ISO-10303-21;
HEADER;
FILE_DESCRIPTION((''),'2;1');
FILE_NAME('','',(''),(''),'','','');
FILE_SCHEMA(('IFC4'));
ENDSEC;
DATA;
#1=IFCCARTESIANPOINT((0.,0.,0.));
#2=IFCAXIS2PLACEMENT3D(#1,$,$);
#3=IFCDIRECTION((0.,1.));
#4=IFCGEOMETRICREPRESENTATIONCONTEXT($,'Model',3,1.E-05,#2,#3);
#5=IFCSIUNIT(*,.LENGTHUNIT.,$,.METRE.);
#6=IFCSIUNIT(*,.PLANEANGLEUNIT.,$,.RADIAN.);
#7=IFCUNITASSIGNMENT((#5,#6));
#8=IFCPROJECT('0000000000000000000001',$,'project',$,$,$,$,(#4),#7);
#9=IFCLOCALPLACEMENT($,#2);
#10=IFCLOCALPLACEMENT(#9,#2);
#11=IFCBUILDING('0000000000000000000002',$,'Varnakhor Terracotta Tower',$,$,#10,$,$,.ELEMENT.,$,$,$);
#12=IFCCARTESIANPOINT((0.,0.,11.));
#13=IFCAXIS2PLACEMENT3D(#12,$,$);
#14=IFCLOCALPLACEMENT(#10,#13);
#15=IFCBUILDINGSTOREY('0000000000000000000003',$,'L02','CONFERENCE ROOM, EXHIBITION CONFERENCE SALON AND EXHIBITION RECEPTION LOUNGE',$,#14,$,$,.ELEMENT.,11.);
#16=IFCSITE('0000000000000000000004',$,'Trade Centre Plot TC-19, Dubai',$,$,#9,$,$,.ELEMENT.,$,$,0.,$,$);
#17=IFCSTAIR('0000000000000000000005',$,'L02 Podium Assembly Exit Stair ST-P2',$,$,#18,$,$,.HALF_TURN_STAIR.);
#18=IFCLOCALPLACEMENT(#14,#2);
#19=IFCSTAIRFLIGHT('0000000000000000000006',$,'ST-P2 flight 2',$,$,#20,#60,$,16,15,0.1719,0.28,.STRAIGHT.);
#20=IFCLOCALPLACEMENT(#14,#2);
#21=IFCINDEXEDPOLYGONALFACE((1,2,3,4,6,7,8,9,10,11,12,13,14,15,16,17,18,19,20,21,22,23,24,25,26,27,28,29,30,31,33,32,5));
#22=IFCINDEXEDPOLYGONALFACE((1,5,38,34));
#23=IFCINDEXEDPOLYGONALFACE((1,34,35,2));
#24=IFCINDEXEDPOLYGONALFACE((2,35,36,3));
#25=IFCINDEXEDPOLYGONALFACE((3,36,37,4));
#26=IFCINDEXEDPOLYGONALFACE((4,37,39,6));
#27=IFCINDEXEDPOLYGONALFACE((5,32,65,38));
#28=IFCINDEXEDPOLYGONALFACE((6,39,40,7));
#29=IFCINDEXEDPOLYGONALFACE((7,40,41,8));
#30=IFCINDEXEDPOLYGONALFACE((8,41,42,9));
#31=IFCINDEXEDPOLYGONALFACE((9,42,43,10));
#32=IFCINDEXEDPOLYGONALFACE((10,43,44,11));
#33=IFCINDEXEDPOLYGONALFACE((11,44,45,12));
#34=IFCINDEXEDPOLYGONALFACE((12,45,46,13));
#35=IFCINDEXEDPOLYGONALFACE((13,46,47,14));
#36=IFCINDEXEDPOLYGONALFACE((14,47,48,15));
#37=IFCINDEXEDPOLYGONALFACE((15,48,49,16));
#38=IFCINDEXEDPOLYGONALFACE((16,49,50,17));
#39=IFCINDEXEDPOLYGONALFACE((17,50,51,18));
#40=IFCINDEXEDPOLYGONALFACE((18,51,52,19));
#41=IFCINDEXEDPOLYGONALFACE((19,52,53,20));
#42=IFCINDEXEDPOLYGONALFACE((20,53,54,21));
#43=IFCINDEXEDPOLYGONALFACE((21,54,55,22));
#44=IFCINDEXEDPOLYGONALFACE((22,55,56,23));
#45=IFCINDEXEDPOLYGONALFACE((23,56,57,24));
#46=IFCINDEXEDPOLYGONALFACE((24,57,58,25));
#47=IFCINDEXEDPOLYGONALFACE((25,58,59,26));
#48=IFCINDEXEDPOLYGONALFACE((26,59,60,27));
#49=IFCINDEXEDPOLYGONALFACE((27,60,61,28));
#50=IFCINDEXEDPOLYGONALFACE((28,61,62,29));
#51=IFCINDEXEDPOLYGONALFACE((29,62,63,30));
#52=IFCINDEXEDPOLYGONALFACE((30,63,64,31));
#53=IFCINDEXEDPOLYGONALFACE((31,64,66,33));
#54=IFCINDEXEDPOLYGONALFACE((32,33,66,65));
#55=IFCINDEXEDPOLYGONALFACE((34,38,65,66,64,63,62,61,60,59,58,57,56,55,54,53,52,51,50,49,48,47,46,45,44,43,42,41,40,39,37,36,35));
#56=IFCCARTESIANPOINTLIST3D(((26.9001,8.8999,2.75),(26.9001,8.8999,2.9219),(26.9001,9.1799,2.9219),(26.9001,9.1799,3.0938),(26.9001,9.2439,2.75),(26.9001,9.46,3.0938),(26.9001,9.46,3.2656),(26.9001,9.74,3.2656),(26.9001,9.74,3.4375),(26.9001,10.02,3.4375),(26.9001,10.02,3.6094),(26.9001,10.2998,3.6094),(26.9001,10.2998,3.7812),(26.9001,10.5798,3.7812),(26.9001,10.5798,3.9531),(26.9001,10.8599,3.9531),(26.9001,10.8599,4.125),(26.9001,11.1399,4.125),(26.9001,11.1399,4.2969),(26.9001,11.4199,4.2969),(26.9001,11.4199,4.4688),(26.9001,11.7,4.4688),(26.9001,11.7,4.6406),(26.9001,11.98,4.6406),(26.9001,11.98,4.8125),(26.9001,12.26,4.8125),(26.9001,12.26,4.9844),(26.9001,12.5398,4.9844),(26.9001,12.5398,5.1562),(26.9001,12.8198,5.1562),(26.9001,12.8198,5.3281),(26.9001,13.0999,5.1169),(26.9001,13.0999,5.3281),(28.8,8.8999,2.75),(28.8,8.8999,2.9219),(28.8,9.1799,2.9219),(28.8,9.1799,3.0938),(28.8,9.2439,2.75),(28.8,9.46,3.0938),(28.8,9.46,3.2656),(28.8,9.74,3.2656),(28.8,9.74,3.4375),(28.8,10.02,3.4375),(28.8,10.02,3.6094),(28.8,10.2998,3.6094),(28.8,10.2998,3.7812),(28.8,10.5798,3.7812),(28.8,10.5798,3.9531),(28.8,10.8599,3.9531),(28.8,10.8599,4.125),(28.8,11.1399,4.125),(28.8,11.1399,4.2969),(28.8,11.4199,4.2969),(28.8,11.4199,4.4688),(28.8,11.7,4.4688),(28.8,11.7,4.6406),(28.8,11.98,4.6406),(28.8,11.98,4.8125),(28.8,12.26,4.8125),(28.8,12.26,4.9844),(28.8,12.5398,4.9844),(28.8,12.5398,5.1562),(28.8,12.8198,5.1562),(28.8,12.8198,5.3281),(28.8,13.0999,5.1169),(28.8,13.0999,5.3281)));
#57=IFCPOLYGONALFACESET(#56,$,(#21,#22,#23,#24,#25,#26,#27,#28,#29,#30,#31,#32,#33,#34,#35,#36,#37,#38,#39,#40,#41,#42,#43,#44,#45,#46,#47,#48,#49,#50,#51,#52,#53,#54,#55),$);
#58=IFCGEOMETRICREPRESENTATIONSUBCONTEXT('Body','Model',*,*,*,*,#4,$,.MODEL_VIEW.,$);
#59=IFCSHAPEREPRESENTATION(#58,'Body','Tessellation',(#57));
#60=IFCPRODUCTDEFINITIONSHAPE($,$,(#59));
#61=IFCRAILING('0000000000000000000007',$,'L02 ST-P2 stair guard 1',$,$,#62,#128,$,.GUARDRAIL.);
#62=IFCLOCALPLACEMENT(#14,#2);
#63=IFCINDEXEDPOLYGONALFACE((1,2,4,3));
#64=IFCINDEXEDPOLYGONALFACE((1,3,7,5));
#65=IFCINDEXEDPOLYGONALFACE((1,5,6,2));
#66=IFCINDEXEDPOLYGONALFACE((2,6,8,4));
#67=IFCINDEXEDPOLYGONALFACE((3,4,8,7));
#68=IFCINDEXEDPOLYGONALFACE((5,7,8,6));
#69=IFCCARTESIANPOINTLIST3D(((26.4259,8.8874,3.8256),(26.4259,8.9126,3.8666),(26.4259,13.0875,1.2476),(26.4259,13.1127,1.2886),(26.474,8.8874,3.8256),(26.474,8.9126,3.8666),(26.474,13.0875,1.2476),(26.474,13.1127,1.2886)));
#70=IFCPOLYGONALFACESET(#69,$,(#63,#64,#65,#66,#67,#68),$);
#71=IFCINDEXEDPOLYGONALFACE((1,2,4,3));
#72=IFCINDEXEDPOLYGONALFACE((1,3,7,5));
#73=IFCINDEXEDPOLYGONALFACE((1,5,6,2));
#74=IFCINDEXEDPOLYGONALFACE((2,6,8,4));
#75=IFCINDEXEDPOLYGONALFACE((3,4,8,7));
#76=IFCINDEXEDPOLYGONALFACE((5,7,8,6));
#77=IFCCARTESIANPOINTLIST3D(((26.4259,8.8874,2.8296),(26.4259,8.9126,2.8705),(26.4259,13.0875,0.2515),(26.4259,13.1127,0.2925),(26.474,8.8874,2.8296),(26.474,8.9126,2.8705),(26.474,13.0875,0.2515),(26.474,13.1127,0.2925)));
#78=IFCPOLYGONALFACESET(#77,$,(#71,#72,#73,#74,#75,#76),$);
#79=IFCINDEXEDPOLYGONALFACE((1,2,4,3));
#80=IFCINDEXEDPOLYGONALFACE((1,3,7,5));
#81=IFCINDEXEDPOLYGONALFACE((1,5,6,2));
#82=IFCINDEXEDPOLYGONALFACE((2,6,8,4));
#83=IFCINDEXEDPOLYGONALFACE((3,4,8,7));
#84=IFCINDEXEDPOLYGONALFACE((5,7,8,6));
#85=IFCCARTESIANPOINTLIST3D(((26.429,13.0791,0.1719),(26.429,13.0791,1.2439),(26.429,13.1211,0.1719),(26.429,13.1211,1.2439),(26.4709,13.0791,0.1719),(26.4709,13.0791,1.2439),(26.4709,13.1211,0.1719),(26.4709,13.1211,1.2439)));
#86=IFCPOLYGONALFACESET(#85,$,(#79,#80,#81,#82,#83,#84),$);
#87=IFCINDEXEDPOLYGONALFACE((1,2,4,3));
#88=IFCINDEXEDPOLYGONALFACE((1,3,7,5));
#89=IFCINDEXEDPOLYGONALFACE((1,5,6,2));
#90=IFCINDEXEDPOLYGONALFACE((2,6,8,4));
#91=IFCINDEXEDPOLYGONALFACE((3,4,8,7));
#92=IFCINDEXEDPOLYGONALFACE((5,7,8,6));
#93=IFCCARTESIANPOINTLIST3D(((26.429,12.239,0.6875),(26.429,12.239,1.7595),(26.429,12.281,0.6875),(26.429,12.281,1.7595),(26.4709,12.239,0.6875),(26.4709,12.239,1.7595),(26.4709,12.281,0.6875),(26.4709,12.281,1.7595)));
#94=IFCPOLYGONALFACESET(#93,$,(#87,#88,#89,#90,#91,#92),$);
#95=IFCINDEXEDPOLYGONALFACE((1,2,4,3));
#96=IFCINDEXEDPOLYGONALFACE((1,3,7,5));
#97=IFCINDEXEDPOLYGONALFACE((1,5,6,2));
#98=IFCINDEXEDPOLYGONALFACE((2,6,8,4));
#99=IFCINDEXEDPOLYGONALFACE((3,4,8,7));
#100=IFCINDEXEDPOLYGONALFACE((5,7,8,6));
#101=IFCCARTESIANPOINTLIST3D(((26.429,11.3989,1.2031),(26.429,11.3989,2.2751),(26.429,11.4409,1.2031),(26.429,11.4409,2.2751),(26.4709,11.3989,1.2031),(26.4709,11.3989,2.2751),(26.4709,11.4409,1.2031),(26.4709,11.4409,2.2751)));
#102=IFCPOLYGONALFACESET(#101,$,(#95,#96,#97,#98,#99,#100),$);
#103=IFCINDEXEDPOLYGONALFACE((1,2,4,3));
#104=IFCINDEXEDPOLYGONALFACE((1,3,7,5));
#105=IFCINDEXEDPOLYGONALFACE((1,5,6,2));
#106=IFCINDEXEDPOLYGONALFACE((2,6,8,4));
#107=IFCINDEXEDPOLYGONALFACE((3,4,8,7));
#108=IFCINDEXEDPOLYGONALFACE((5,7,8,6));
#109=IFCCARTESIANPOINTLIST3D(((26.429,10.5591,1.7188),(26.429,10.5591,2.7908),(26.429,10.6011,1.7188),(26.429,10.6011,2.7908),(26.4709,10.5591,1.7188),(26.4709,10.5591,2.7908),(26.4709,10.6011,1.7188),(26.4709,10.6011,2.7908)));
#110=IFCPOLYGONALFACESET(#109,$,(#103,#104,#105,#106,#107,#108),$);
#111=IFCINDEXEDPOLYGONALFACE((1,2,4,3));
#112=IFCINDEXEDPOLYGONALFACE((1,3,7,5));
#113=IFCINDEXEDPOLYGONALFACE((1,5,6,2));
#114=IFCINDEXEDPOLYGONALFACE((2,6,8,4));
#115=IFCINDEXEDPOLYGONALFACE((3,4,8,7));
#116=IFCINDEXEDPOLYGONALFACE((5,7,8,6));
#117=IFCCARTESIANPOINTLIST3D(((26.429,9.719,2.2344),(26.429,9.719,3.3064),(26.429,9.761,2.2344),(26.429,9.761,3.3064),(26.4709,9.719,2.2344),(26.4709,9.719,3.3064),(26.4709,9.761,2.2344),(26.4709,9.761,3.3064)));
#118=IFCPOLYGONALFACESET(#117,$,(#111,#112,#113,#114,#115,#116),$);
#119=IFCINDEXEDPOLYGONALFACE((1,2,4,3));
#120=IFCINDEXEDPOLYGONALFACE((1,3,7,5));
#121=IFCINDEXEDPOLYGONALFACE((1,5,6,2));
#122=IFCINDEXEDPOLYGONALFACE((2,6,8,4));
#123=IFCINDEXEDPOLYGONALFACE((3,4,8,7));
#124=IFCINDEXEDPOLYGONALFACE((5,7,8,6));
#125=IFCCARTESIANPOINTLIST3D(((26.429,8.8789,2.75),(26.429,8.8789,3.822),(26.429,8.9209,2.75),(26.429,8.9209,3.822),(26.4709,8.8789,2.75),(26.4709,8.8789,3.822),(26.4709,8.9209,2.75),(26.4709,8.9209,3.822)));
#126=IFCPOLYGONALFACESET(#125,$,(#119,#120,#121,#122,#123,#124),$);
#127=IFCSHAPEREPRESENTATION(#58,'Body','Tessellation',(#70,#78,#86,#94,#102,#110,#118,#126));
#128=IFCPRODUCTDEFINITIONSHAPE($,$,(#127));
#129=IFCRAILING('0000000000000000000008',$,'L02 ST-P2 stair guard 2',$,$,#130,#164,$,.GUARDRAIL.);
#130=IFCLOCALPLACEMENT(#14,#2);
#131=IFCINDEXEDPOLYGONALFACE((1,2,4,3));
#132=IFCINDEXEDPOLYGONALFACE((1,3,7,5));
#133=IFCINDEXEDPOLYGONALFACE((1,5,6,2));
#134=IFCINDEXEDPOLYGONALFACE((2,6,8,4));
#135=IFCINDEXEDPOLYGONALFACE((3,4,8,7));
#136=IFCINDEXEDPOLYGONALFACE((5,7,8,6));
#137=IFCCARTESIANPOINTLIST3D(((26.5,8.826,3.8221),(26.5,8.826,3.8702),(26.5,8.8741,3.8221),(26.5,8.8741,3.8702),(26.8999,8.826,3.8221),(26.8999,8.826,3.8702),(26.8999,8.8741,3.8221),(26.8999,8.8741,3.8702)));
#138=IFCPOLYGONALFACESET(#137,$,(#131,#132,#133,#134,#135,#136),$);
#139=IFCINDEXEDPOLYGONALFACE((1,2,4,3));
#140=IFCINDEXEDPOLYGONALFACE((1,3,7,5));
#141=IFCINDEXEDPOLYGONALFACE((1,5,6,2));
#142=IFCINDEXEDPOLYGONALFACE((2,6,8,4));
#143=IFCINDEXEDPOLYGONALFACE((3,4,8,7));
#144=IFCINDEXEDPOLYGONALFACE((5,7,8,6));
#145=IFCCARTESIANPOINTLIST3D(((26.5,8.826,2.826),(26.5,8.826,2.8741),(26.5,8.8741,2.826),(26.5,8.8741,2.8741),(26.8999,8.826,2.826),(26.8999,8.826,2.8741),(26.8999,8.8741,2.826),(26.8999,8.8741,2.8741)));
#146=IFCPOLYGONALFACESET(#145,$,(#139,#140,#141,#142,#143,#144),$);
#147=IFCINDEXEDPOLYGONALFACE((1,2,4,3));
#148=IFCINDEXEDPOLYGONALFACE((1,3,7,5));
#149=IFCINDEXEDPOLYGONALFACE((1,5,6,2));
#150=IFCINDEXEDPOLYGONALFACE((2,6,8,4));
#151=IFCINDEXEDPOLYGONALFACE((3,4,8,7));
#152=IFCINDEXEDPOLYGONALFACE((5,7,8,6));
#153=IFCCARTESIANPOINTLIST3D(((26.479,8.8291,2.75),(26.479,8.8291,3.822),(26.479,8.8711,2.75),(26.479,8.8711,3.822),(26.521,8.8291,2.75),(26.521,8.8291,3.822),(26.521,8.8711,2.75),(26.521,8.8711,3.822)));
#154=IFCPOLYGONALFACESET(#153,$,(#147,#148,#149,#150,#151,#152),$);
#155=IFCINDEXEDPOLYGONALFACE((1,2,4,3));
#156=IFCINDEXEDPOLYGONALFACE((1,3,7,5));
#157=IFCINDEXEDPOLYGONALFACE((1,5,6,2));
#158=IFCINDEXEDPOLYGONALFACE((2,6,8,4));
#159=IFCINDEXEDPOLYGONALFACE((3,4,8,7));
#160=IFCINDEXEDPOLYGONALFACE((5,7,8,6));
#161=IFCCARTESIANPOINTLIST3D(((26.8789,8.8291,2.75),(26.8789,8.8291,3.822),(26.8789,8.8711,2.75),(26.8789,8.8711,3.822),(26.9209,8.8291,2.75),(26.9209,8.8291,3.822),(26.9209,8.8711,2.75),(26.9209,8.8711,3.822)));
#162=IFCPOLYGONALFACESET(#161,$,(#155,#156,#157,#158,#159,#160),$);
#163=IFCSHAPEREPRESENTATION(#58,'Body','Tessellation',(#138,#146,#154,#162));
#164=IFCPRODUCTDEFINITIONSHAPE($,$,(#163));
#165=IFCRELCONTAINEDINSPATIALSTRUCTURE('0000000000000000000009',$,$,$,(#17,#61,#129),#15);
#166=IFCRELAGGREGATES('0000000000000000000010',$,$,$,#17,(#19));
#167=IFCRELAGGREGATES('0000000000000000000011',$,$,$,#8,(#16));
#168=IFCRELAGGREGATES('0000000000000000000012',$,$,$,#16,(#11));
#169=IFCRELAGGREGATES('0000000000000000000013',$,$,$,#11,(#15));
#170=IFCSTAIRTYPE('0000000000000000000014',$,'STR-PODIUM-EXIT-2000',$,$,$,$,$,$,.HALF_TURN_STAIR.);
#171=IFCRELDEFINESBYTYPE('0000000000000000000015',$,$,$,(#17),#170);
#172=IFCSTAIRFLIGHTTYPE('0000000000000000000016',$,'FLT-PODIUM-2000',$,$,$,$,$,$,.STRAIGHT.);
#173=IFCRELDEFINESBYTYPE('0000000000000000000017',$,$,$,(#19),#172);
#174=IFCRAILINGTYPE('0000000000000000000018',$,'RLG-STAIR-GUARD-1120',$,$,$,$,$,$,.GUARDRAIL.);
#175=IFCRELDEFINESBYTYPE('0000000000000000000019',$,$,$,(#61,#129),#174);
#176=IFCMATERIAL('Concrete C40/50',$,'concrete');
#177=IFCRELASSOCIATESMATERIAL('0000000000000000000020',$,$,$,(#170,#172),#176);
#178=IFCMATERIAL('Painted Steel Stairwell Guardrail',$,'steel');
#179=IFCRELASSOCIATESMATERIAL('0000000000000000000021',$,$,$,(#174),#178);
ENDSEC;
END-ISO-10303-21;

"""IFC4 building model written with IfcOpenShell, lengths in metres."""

from ifc_helpers import new_model, si_unit, direction, frame, origin, origin_2d, place, context, subcontext, project, spatial, polyline, rectangle, outline, extrude, material, type_object, element, aggregate, save


model = new_model("IFC4")

# Units and contexts
model_context = context("Model", 3, precision=1e-05, world=origin(), true_north=direction((0.0, 1.0)))
body_context = subcontext(model_context, "Body", "Model", "MODEL_VIEW")
ifc_project = project(units=[si_unit("LENGTHUNIT", "METRE"), si_unit("PLANEANGLEUNIT", "RADIAN")], contexts=[model_context])

# Site, building, storey
site_placement = place(None, origin())
site = spatial("IfcSite", under=ifc_project, at=site_placement, Name="Trade Centre Plot TC-19, Dubai", CompositionType="ELEMENT", RefElevation=0.0)
building_placement = place(site_placement, origin())
building = spatial("IfcBuilding", under=site, at=building_placement, Name="Varnakhor Terracotta Tower", CompositionType="ELEMENT")
storey_placement = place(building_placement, frame((0.0, 0.0, 11.0)))
storey = spatial("IfcBuildingStorey", under=building, at=storey_placement, Name="L02", Description="CONFERENCE ROOM, EXHIBITION CONFERENCE SALON AND EXHIBITION RECEPTION LOUNGE", CompositionType="ELEMENT", Elevation=11.0)

# Shared definitions
ifc_material_1 = material(Name="Concrete C40/50", Category="concrete")

# Stair, stair flight
stair_type = type_object("IfcStairType", Name="STR-PODIUM-EXIT-2000", PredefinedType="HALF_TURN_STAIR", material=ifc_material_1)
stair_placement = place(storey_placement, origin())
stair = element("IfcStair", 1, at=stair_placement, inside=storey, type_object=stair_type, Name="L02 Podium Assembly Exit Stair ST-P2", PredefinedType="HALF_TURN_STAIR")
stair_flight_type = type_object("IfcStairFlightType", Name="FLT-PODIUM-2000", PredefinedType="STRAIGHT", material=ifc_material_1)
stair_flight_1_placement = place(storey_placement, frame((27.8501, 8.8999, 2.75), z_axis=(0.0, 0.0, 1.0), x_axis=(0.0, 1.0, 0.0)))
stair_flight_1 = element("IfcStairFlight", 2, at=stair_flight_1_placement, type_object=stair_flight_type, Name="ST-P2 flight 2", NumberOfRisers=16, NumberOfTreads=15, PredefinedType="STRAIGHT", RiserHeight=0.1719, TreadLength=0.28, context=body_context, shape_type="SweptSolid", body=[
    extrude(outline(polyline([(0.0, 0.0), (0.0, 0.1719), (0.28, 0.1719), (0.28, 0.3438), (0.5601, 0.3438), (0.5601, 0.5156), (0.8401, 0.5156), (0.8401, 0.6875), (1.1201, 0.6875), (1.1201, 0.8594), (1.3999, 0.8594), (1.3999, 1.0312), (1.6799, 1.0312), (1.6799, 1.2031), (1.96, 1.2031), (1.96, 1.375), (2.24, 1.375), (2.24, 1.5469), (2.52, 1.5469), (2.52, 1.7188), (2.8, 1.7188), (2.8, 1.8906), (3.0801, 1.8906), (3.0801, 2.0625), (3.3601, 2.0625), (3.3601, 2.2344), (3.6399, 2.2344), (3.6399, 2.4062), (3.9199, 2.4062), (3.9199, 2.5781), (4.2, 2.5781), (4.2, 2.75), (4.2, 2.3669), (0.344, 0.0), (0.0, 0.0)])), frame((0.0, 0.95, 0.0), z_axis=(0.0, -1.0, 0.0), x_axis=(1.0, 0.0, 0.0)), (0.0, 0.0, 1.0), 1.8999),
])
aggregate(stair, [stair_flight_1])

# Railings
ifc_material_2 = material(Name="Painted Steel Stairwell Guardrail", Category="steel")
railing_type_1 = type_object("IfcRailingType", Name="RLG-STAIR-GUARD-1120", PredefinedType="GUARDRAIL", material=ifc_material_2)
railing_1_placement = place(storey_placement, frame((26.45, 13.1001, 0.1719)))
element("IfcRailing", 3, at=railing_1_placement, inside=storey, type_object=railing_type_1, Name="L02 ST-P2 stair guard 1", PredefinedType="GUARDRAIL", context=body_context, shape_type="SweptSolid", body=[
    extrude(rectangle(XDim=0.0481, YDim=0.0481, at=origin_2d()), frame((0.0, 0.0, 1.0962), z_axis=(0.0, -0.852256, 0.523124), x_axis=(1.0, 0.0, 0.0)), (0.0, 0.0, 1.0), 4.9282),
    extrude(rectangle(XDim=0.0481, YDim=0.0481, at=origin_2d()), frame((0.0, 0.0, 0.1001), z_axis=(0.0, -0.852256, 0.523124), x_axis=(1.0, 0.0, 0.0)), (0.0, 0.0, 1.0), 4.9282),
    extrude(rectangle(XDim=0.042, YDim=0.042, at=origin_2d()), origin(), (0.0, 0.0, 1.0), 1.072),
    extrude(rectangle(XDim=0.042, YDim=0.042, at=origin_2d()), frame((0.0, -0.8401, 0.5156)), (0.0, 0.0, 1.0), 1.072),
    extrude(rectangle(XDim=0.042, YDim=0.042, at=origin_2d()), frame((0.0, -1.6802, 1.0312)), (0.0, 0.0, 1.0), 1.072),
    extrude(rectangle(XDim=0.042, YDim=0.042, at=origin_2d()), frame((0.0, -2.52, 1.5469)), (0.0, 0.0, 1.0), 1.072),
    extrude(rectangle(XDim=0.042, YDim=0.042, at=origin_2d()), frame((0.0, -3.3601, 2.0625)), (0.0, 0.0, 1.0), 1.072),
    extrude(rectangle(XDim=0.042, YDim=0.042, at=origin_2d()), frame((0.0, -4.2002, 2.5781)), (0.0, 0.0, 1.0), 1.072),
])
railing_2_placement = place(storey_placement, frame((26.5, 8.8501, 2.75)))
element("IfcRailing", 4, at=railing_2_placement, inside=storey, type_object=railing_type_1, Name="L02 ST-P2 stair guard 2", PredefinedType="GUARDRAIL", context=body_context, shape_type="SweptSolid", body=[
    extrude(rectangle(XDim=0.0481, YDim=0.0481, at=origin_2d()), frame((0.0, 0.0, 1.0962), z_axis=(1.0, 0.0, 0.0), x_axis=(0.0, 1.0, 0.0)), (0.0, 0.0, 1.0), 0.3999),
    extrude(rectangle(XDim=0.0481, YDim=0.0481, at=origin_2d()), frame((0.0, 0.0, 0.1001), z_axis=(1.0, 0.0, 0.0), x_axis=(0.0, 1.0, 0.0)), (0.0, 0.0, 1.0), 0.3999),
    extrude(rectangle(XDim=0.042, YDim=0.042, at=origin_2d()), origin(), (0.0, 0.0, 1.0), 1.072),
    extrude(rectangle(XDim=0.042, YDim=0.042, at=origin_2d()), frame((0.3999, 0.0, 0.0)), (0.0, 0.0, 1.0), 1.072),
])

save(model, "model.ifc")
